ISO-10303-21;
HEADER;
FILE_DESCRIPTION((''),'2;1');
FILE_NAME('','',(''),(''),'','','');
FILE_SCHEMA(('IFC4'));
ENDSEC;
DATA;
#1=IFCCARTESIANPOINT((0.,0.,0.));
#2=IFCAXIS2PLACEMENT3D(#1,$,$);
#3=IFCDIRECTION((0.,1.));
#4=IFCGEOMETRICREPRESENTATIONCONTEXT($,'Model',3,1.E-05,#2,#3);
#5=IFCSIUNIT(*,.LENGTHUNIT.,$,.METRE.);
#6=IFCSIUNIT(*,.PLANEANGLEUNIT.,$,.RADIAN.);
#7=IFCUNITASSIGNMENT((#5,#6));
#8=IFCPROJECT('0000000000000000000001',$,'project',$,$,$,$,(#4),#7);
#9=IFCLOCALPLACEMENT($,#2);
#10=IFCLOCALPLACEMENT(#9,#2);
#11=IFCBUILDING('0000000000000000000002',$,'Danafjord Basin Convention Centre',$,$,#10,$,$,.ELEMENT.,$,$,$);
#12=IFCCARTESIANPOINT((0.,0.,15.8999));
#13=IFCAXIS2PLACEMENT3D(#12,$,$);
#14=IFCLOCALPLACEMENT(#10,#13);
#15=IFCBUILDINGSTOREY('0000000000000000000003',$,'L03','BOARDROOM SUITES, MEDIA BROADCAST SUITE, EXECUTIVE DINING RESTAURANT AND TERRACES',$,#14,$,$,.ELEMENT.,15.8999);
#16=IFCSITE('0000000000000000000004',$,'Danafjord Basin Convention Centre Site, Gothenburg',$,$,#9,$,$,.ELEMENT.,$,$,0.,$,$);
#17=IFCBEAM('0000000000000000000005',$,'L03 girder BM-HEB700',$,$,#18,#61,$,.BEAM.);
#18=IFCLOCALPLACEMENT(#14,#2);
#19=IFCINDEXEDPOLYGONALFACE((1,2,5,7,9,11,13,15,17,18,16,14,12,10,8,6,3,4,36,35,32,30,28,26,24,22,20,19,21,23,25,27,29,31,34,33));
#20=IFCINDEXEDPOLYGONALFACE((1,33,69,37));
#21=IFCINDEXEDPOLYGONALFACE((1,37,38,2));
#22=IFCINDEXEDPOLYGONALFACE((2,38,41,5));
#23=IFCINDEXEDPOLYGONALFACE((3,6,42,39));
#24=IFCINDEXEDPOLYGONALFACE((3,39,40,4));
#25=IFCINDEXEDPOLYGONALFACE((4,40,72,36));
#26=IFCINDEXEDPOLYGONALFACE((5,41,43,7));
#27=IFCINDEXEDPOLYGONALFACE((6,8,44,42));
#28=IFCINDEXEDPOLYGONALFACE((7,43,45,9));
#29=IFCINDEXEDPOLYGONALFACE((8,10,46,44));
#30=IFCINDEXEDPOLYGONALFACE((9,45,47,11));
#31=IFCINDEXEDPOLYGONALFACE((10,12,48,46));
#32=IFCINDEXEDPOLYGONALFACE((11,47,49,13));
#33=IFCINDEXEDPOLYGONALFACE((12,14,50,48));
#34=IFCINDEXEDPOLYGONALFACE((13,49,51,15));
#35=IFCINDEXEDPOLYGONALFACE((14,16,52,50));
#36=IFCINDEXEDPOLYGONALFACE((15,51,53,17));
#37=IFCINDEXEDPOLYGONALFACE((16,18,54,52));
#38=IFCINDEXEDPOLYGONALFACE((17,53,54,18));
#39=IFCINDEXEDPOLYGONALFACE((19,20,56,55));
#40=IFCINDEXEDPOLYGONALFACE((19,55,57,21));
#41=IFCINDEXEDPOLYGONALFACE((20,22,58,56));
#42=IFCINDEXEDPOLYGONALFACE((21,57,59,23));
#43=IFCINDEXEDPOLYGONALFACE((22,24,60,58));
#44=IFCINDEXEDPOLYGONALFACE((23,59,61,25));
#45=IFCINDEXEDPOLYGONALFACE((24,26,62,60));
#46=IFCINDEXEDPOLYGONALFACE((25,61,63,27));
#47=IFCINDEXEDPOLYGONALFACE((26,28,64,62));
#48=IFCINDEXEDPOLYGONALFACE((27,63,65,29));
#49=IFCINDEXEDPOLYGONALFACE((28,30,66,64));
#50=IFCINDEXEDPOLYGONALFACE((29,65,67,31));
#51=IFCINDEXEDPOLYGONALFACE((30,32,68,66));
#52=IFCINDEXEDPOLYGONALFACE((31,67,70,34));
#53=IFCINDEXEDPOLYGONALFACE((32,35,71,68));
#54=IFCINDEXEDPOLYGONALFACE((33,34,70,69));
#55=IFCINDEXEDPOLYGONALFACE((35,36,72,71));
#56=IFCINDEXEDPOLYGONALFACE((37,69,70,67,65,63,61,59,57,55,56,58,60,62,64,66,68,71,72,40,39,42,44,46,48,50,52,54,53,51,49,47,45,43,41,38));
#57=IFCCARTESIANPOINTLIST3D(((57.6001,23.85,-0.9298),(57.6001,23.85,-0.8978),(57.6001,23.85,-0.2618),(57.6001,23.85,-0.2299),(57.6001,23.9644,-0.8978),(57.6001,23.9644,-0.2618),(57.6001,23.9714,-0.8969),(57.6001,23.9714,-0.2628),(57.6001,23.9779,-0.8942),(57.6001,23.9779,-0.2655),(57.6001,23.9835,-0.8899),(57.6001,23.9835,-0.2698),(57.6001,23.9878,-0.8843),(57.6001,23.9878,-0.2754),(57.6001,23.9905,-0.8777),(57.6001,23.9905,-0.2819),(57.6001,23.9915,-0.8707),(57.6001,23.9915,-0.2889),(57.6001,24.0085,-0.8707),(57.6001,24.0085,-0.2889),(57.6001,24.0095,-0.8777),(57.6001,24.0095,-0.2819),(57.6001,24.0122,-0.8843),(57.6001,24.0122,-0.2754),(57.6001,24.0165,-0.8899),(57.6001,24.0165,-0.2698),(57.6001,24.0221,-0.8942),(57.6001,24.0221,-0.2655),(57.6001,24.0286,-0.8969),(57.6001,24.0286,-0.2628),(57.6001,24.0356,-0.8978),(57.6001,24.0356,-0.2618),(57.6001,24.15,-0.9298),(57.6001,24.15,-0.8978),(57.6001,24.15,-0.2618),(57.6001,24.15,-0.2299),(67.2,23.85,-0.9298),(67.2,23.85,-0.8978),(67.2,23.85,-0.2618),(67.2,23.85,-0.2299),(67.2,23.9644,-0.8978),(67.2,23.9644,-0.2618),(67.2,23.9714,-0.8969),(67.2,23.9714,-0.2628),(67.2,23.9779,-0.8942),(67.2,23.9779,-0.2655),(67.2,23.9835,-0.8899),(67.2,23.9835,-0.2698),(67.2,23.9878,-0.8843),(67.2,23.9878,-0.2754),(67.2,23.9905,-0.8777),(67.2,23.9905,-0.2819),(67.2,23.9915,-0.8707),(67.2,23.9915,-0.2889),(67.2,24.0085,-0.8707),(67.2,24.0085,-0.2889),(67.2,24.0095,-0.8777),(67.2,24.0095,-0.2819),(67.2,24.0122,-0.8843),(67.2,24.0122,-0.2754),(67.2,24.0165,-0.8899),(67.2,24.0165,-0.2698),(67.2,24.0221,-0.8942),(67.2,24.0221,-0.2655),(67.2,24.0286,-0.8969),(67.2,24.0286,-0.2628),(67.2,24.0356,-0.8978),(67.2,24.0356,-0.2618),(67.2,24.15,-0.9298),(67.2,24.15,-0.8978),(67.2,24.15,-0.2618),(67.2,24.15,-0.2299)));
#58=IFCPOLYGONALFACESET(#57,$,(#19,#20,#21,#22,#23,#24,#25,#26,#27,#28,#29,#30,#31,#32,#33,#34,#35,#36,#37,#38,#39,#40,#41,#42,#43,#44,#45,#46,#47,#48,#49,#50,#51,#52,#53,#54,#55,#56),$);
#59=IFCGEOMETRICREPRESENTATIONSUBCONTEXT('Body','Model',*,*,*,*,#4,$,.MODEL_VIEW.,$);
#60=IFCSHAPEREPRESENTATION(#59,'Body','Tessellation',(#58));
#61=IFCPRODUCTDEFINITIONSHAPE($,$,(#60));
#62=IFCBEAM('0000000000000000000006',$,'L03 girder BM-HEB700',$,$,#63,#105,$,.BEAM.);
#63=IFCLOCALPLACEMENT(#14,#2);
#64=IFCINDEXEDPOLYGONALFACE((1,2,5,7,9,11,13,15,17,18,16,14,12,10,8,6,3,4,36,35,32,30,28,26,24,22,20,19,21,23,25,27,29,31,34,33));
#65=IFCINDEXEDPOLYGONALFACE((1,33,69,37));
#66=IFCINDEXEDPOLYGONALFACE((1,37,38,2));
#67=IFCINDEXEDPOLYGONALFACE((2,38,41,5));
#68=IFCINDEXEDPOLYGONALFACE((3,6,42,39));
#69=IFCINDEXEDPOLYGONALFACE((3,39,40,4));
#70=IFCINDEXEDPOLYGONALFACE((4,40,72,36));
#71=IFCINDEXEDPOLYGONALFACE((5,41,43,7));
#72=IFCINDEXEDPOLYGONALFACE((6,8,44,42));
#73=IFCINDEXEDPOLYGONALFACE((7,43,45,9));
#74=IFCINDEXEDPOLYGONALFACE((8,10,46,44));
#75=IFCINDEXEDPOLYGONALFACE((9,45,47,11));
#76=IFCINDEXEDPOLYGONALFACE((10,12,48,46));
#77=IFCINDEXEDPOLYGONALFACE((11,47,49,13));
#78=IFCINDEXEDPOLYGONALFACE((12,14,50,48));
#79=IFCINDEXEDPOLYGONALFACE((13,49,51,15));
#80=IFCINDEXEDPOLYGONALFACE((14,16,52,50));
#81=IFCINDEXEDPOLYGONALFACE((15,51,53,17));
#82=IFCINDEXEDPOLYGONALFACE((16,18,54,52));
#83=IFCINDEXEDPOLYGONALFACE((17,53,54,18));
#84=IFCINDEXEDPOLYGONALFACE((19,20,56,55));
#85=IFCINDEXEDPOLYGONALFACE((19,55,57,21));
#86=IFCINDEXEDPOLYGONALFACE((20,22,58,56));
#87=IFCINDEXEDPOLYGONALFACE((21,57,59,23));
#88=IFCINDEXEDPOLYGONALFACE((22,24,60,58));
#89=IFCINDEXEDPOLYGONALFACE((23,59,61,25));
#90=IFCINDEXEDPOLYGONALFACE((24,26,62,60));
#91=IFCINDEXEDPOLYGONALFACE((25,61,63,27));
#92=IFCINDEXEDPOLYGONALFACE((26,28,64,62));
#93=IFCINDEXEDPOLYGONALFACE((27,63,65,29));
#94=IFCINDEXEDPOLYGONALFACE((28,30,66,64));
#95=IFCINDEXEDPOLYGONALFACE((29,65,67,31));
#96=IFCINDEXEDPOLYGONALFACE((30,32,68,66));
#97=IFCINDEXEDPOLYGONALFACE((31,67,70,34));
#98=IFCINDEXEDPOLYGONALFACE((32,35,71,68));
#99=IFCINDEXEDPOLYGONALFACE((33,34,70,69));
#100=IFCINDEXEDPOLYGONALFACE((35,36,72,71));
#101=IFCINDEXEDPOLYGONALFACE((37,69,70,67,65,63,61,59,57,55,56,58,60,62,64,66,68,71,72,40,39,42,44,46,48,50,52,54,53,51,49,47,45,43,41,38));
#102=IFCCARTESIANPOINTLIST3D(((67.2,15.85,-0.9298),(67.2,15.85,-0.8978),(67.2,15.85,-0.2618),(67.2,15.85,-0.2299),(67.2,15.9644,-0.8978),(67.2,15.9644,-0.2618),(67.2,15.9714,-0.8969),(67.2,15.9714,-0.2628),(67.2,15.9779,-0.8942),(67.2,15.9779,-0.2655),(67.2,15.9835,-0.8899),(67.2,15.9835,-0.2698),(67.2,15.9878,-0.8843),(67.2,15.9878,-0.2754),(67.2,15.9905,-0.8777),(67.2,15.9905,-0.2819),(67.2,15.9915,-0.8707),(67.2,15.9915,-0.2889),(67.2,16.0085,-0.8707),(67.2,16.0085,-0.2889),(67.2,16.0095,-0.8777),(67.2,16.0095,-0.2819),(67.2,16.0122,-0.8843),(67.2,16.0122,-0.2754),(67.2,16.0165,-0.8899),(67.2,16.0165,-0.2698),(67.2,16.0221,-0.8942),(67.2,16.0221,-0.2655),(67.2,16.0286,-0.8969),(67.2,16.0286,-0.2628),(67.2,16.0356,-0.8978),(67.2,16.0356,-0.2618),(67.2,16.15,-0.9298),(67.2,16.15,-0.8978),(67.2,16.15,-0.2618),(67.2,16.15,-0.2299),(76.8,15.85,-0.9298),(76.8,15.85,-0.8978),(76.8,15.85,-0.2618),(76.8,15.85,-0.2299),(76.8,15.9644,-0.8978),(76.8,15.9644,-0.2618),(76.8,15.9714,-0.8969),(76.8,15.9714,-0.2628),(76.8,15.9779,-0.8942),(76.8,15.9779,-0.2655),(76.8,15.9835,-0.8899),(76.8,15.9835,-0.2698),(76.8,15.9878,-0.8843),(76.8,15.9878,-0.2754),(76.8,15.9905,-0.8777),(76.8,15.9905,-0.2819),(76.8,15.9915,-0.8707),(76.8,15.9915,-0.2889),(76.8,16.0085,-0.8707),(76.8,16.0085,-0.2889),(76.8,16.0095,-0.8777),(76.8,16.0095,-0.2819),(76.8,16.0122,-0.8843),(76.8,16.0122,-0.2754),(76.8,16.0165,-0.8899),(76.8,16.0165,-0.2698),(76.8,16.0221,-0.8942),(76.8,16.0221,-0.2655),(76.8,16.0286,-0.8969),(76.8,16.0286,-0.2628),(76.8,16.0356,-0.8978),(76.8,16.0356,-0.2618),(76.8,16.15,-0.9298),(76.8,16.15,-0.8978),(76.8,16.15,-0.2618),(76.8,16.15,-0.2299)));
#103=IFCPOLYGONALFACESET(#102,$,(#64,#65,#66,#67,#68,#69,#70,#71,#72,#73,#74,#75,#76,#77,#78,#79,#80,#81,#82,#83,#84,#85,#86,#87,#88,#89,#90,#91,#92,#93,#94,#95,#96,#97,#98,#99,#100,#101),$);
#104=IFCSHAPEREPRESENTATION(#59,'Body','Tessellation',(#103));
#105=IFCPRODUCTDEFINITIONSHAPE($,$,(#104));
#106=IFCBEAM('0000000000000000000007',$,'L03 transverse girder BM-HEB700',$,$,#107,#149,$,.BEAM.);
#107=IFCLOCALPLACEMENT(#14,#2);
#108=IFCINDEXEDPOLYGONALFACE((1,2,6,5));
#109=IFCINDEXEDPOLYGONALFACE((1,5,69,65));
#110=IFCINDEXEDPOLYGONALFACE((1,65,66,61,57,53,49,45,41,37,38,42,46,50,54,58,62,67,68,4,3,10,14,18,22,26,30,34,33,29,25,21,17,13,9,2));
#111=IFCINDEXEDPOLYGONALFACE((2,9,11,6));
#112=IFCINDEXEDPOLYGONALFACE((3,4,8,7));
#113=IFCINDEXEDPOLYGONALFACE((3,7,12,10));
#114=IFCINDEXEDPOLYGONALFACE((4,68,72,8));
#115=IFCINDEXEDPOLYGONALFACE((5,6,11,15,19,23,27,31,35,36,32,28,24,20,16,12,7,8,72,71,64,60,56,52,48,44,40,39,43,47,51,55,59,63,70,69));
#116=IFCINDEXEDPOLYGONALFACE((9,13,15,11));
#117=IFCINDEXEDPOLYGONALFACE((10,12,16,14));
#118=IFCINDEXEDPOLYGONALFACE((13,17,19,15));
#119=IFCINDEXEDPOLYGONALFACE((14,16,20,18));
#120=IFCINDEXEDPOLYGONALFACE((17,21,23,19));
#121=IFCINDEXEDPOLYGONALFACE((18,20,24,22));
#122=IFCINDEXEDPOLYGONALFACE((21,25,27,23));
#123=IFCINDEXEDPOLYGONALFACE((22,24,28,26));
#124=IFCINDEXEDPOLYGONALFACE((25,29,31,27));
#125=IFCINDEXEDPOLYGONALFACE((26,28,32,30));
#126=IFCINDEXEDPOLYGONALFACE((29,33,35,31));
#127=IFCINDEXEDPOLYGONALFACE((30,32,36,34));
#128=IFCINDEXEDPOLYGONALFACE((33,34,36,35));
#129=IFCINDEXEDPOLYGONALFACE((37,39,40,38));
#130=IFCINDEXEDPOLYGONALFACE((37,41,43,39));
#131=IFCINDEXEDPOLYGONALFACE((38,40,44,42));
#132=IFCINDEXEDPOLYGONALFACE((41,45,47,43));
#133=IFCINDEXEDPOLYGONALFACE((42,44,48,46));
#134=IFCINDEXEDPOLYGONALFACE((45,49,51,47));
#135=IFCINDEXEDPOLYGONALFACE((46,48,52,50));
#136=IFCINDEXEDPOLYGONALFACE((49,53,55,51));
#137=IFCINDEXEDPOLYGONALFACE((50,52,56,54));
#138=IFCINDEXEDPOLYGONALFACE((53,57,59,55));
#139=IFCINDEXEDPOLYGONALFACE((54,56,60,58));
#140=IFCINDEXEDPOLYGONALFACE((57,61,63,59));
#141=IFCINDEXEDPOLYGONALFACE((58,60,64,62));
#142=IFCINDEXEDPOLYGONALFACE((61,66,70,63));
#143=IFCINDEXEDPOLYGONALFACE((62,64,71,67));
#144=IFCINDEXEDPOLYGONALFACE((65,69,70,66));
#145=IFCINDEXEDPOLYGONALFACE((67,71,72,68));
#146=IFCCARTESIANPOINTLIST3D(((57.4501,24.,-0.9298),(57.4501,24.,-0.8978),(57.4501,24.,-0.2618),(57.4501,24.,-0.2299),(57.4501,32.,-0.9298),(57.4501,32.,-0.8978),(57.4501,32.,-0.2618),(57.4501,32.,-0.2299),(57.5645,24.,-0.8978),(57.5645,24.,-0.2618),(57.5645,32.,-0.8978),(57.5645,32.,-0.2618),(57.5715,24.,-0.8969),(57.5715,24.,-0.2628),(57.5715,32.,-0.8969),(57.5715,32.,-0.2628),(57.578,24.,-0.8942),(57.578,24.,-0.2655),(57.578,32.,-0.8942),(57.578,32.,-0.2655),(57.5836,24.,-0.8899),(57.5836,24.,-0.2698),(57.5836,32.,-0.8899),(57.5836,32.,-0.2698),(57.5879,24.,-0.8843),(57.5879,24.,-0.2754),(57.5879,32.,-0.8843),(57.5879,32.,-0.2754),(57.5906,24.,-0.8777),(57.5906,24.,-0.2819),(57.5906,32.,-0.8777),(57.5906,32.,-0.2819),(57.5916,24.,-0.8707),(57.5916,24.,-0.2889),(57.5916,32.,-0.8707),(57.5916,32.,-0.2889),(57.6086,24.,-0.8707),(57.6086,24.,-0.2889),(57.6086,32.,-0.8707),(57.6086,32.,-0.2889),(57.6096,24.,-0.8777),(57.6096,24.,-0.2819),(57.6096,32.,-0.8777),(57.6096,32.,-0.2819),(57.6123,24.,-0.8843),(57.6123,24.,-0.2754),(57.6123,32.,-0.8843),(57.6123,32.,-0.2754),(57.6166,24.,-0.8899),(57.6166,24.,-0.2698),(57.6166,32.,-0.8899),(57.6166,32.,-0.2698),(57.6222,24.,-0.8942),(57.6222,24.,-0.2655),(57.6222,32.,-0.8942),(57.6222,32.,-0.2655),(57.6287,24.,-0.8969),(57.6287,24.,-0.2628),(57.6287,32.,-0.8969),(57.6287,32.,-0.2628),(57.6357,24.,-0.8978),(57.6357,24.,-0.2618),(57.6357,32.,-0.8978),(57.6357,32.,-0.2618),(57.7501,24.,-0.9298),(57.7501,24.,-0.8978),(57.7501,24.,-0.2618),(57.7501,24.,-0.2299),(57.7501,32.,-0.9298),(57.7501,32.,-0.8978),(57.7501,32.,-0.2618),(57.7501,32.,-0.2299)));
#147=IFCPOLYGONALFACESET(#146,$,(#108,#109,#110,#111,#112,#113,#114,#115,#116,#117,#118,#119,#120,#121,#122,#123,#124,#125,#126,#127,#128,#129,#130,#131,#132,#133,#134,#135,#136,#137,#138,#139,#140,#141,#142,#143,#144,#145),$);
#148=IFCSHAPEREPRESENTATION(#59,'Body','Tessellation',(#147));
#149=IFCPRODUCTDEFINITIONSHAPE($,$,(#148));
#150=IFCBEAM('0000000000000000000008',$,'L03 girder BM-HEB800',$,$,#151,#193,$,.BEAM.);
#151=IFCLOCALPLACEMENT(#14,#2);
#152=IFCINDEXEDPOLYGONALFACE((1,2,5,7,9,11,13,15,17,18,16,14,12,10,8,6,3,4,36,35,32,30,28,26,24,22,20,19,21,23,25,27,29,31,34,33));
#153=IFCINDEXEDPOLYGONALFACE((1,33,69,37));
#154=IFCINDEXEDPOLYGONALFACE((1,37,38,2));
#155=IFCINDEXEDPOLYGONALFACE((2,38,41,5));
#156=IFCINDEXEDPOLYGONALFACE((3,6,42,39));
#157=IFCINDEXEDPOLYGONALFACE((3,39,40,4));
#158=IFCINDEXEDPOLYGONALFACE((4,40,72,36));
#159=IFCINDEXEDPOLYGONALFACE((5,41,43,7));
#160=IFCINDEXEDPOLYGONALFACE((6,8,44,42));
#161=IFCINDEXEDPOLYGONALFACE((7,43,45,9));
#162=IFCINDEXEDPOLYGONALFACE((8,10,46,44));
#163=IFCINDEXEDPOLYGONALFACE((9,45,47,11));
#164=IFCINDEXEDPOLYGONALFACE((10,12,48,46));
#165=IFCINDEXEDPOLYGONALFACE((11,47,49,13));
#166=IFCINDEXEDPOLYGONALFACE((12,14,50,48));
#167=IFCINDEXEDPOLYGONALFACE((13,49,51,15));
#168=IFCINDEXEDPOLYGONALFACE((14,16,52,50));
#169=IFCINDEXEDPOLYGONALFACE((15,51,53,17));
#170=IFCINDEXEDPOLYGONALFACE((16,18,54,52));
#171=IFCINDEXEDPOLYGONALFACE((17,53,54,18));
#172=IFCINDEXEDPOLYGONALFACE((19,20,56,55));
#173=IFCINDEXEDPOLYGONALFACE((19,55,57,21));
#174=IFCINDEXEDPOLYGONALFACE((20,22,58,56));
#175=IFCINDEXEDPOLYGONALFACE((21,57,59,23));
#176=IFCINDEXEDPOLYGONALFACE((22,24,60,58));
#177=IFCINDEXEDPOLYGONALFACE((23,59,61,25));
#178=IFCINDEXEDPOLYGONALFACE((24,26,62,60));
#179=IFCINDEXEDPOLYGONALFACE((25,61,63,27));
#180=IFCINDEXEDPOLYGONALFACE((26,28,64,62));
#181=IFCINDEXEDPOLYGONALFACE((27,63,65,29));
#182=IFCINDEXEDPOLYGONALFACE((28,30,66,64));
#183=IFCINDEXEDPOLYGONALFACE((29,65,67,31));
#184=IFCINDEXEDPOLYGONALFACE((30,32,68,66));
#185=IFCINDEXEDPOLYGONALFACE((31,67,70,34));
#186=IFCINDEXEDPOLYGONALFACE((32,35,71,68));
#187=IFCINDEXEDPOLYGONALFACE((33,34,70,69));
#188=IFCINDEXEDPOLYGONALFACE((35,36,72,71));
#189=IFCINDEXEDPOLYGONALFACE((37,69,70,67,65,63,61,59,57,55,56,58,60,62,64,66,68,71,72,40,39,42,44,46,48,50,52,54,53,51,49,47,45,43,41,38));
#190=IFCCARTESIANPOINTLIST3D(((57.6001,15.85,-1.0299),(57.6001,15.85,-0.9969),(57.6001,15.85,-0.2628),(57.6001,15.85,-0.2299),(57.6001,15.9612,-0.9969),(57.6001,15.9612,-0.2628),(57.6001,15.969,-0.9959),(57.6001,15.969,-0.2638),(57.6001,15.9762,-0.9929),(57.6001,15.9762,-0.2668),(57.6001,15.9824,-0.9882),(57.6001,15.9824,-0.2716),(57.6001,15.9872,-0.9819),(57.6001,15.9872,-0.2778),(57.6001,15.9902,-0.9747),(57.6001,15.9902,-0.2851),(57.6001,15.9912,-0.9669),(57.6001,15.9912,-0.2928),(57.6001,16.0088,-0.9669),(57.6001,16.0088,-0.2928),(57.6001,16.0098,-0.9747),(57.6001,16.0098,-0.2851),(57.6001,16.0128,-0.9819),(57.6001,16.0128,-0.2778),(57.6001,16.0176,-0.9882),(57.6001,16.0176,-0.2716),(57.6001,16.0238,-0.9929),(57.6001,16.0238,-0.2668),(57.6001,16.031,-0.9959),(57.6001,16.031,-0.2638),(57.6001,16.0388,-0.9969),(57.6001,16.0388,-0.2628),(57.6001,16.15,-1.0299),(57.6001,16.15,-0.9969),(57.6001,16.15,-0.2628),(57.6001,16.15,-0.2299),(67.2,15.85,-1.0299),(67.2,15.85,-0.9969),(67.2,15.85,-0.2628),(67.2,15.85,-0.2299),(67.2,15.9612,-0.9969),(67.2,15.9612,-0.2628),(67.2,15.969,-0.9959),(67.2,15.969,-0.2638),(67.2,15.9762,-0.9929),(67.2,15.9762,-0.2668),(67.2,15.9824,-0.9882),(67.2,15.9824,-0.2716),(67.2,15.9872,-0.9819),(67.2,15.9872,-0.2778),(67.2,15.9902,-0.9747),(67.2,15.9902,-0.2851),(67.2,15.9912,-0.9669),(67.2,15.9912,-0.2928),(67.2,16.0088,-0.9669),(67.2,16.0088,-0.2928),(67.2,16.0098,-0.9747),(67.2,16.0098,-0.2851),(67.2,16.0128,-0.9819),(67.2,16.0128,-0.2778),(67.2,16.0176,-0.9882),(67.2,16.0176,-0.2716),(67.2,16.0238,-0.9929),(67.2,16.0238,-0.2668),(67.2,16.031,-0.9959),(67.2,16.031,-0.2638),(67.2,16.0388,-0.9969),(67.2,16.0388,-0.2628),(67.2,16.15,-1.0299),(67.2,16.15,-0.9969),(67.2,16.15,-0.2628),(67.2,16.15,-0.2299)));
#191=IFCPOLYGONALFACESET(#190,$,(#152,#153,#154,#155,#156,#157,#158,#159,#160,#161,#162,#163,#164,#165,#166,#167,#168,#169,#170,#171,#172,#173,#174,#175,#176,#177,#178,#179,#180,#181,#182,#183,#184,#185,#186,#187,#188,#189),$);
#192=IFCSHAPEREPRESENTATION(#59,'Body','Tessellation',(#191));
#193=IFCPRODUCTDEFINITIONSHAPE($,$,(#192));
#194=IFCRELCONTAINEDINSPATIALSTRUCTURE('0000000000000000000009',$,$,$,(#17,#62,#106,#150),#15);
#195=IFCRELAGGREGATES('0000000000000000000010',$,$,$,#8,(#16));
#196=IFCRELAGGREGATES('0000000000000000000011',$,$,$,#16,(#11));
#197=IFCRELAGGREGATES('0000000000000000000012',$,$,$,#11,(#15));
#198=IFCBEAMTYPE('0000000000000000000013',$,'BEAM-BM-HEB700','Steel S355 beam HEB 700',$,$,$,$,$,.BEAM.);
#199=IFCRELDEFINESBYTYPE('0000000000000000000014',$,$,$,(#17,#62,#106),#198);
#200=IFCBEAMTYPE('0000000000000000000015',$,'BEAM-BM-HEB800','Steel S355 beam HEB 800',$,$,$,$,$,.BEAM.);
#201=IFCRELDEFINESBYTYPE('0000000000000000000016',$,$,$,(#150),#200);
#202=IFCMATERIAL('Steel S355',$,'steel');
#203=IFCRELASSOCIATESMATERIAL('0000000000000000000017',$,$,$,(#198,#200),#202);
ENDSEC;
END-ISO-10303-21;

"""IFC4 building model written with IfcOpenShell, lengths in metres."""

from ifc_helpers import new_model, si_unit, direction, frame, origin, origin_2d, place, context, subcontext, project, spatial, i_section, extrude, material, material_profile, profile_set, type_object, element, save


model = new_model("IFC4")

# Units and contexts
model_context = context("Model", 3, precision=1e-05, world=origin(), true_north=direction((0.0, 1.0)))
body_context = subcontext(model_context, "Body", "Model", "MODEL_VIEW")
ifc_project = project(units=[si_unit("LENGTHUNIT", "METRE"), si_unit("PLANEANGLEUNIT", "RADIAN")], contexts=[model_context])

# Site, building, storey
site_placement = place(None, origin())
site = spatial("IfcSite", under=ifc_project, at=site_placement, Name="Danafjord Basin Convention Centre Site, Gothenburg", CompositionType="ELEMENT", RefElevation=0.0)
building_placement = place(site_placement, origin())
building = spatial("IfcBuilding", under=site, at=building_placement, Name="Danafjord Basin Convention Centre", CompositionType="ELEMENT")
storey_placement = place(building_placement, frame((0.0, 0.0, 15.8999)))
storey = spatial("IfcBuildingStorey", under=building, at=storey_placement, Name="L03", Description="BOARDROOM SUITES, MEDIA BROADCAST SUITE, EXECUTIVE DINING RESTAURANT AND TERRACES", CompositionType="ELEMENT", Elevation=15.8999)

# Shared definitions
ifc_material_1 = material(Name="Steel S355", Category="steel")

# Beams
ifc_material_profile_1 = material_profile(ifc_material_1, i_section(OverallWidth=0.3, OverallDepth=0.7, WebThickness=0.0171, FlangeThickness=0.032, FilletRadius=0.0271, at=origin_2d()), Name="HEB 700")
ifc_profile_set_1 = profile_set([ifc_material_profile_1], Name="Steel S355")
beam_type_1 = type_object("IfcBeamType", Name="BEAM-BM-HEB700", Description="Steel S355 beam HEB 700", PredefinedType="BEAM", material=ifc_profile_set_1)
beam_1_placement = place(storey_placement, frame((57.6001, 24.0, -0.5798), z_axis=(1.0, 0.0, 0.0), x_axis=(0.0, 1.0, 0.0)))
element("IfcBeam", 1, at=beam_1_placement, inside=storey, type_object=beam_type_1, Name="L03 girder BM-HEB700", PredefinedType="BEAM", context=body_context, shape_type="SweptSolid", body=[
    extrude(i_section(OverallWidth=0.3, OverallDepth=0.7, WebThickness=0.0171, FlangeThickness=0.032, FilletRadius=0.0271, at=origin_2d()), origin(), (0.0, 0.0, 1.0), 9.5999),
])
beam_2_placement = place(storey_placement, frame((67.2, 16.0, -0.5798), z_axis=(1.0, 0.0, 0.0), x_axis=(0.0, 1.0, 0.0)))
element("IfcBeam", 2, at=beam_2_placement, inside=storey, type_object=beam_type_1, Name="L03 girder BM-HEB700", PredefinedType="BEAM", context=body_context, shape_type="SweptSolid", body=[
    extrude(i_section(OverallWidth=0.3, OverallDepth=0.7, WebThickness=0.0171, FlangeThickness=0.032, FilletRadius=0.0271, at=origin_2d()), origin(), (0.0, 0.0, 1.0), 9.6001),
])
beam_3_placement = place(storey_placement, frame((57.6001, 24.0, -0.5798), z_axis=(0.0, 1.0, 0.0), x_axis=(-1.0, 0.0, 0.0)))
element("IfcBeam", 3, at=beam_3_placement, inside=storey, type_object=beam_type_1, Name="L03 transverse girder BM-HEB700", PredefinedType="BEAM", context=body_context, shape_type="SweptSolid", body=[
    extrude(i_section(OverallWidth=0.3, OverallDepth=0.7, WebThickness=0.0171, FlangeThickness=0.032, FilletRadius=0.0271, at=origin_2d()), origin(), (0.0, 0.0, 1.0), 8.0),
])
ifc_material_profile_2 = material_profile(ifc_material_1, i_section(OverallWidth=0.3, OverallDepth=0.8, WebThickness=0.0176, FlangeThickness=0.033, FilletRadius=0.03, at=origin_2d()), Name="HEB 800")
ifc_profile_set_2 = profile_set([ifc_material_profile_2], Name="Steel S355")
beam_type_2 = type_object("IfcBeamType", Name="BEAM-BM-HEB800", Description="Steel S355 beam HEB 800", PredefinedType="BEAM", material=ifc_profile_set_2)
beam_4_placement = place(storey_placement, frame((57.6001, 16.0, -0.6299), z_axis=(1.0, 0.0, 0.0), x_axis=(0.0, 1.0, 0.0)))
element("IfcBeam", 4, at=beam_4_placement, inside=storey, type_object=beam_type_2, Name="L03 girder BM-HEB800", PredefinedType="BEAM", context=body_context, shape_type="SweptSolid", body=[
    extrude(i_section(OverallWidth=0.3, OverallDepth=0.8, WebThickness=0.0176, FlangeThickness=0.033, FilletRadius=0.03, at=origin_2d()), origin(), (0.0, 0.0, 1.0), 9.5999),
])

save(model, "model.ifc")
